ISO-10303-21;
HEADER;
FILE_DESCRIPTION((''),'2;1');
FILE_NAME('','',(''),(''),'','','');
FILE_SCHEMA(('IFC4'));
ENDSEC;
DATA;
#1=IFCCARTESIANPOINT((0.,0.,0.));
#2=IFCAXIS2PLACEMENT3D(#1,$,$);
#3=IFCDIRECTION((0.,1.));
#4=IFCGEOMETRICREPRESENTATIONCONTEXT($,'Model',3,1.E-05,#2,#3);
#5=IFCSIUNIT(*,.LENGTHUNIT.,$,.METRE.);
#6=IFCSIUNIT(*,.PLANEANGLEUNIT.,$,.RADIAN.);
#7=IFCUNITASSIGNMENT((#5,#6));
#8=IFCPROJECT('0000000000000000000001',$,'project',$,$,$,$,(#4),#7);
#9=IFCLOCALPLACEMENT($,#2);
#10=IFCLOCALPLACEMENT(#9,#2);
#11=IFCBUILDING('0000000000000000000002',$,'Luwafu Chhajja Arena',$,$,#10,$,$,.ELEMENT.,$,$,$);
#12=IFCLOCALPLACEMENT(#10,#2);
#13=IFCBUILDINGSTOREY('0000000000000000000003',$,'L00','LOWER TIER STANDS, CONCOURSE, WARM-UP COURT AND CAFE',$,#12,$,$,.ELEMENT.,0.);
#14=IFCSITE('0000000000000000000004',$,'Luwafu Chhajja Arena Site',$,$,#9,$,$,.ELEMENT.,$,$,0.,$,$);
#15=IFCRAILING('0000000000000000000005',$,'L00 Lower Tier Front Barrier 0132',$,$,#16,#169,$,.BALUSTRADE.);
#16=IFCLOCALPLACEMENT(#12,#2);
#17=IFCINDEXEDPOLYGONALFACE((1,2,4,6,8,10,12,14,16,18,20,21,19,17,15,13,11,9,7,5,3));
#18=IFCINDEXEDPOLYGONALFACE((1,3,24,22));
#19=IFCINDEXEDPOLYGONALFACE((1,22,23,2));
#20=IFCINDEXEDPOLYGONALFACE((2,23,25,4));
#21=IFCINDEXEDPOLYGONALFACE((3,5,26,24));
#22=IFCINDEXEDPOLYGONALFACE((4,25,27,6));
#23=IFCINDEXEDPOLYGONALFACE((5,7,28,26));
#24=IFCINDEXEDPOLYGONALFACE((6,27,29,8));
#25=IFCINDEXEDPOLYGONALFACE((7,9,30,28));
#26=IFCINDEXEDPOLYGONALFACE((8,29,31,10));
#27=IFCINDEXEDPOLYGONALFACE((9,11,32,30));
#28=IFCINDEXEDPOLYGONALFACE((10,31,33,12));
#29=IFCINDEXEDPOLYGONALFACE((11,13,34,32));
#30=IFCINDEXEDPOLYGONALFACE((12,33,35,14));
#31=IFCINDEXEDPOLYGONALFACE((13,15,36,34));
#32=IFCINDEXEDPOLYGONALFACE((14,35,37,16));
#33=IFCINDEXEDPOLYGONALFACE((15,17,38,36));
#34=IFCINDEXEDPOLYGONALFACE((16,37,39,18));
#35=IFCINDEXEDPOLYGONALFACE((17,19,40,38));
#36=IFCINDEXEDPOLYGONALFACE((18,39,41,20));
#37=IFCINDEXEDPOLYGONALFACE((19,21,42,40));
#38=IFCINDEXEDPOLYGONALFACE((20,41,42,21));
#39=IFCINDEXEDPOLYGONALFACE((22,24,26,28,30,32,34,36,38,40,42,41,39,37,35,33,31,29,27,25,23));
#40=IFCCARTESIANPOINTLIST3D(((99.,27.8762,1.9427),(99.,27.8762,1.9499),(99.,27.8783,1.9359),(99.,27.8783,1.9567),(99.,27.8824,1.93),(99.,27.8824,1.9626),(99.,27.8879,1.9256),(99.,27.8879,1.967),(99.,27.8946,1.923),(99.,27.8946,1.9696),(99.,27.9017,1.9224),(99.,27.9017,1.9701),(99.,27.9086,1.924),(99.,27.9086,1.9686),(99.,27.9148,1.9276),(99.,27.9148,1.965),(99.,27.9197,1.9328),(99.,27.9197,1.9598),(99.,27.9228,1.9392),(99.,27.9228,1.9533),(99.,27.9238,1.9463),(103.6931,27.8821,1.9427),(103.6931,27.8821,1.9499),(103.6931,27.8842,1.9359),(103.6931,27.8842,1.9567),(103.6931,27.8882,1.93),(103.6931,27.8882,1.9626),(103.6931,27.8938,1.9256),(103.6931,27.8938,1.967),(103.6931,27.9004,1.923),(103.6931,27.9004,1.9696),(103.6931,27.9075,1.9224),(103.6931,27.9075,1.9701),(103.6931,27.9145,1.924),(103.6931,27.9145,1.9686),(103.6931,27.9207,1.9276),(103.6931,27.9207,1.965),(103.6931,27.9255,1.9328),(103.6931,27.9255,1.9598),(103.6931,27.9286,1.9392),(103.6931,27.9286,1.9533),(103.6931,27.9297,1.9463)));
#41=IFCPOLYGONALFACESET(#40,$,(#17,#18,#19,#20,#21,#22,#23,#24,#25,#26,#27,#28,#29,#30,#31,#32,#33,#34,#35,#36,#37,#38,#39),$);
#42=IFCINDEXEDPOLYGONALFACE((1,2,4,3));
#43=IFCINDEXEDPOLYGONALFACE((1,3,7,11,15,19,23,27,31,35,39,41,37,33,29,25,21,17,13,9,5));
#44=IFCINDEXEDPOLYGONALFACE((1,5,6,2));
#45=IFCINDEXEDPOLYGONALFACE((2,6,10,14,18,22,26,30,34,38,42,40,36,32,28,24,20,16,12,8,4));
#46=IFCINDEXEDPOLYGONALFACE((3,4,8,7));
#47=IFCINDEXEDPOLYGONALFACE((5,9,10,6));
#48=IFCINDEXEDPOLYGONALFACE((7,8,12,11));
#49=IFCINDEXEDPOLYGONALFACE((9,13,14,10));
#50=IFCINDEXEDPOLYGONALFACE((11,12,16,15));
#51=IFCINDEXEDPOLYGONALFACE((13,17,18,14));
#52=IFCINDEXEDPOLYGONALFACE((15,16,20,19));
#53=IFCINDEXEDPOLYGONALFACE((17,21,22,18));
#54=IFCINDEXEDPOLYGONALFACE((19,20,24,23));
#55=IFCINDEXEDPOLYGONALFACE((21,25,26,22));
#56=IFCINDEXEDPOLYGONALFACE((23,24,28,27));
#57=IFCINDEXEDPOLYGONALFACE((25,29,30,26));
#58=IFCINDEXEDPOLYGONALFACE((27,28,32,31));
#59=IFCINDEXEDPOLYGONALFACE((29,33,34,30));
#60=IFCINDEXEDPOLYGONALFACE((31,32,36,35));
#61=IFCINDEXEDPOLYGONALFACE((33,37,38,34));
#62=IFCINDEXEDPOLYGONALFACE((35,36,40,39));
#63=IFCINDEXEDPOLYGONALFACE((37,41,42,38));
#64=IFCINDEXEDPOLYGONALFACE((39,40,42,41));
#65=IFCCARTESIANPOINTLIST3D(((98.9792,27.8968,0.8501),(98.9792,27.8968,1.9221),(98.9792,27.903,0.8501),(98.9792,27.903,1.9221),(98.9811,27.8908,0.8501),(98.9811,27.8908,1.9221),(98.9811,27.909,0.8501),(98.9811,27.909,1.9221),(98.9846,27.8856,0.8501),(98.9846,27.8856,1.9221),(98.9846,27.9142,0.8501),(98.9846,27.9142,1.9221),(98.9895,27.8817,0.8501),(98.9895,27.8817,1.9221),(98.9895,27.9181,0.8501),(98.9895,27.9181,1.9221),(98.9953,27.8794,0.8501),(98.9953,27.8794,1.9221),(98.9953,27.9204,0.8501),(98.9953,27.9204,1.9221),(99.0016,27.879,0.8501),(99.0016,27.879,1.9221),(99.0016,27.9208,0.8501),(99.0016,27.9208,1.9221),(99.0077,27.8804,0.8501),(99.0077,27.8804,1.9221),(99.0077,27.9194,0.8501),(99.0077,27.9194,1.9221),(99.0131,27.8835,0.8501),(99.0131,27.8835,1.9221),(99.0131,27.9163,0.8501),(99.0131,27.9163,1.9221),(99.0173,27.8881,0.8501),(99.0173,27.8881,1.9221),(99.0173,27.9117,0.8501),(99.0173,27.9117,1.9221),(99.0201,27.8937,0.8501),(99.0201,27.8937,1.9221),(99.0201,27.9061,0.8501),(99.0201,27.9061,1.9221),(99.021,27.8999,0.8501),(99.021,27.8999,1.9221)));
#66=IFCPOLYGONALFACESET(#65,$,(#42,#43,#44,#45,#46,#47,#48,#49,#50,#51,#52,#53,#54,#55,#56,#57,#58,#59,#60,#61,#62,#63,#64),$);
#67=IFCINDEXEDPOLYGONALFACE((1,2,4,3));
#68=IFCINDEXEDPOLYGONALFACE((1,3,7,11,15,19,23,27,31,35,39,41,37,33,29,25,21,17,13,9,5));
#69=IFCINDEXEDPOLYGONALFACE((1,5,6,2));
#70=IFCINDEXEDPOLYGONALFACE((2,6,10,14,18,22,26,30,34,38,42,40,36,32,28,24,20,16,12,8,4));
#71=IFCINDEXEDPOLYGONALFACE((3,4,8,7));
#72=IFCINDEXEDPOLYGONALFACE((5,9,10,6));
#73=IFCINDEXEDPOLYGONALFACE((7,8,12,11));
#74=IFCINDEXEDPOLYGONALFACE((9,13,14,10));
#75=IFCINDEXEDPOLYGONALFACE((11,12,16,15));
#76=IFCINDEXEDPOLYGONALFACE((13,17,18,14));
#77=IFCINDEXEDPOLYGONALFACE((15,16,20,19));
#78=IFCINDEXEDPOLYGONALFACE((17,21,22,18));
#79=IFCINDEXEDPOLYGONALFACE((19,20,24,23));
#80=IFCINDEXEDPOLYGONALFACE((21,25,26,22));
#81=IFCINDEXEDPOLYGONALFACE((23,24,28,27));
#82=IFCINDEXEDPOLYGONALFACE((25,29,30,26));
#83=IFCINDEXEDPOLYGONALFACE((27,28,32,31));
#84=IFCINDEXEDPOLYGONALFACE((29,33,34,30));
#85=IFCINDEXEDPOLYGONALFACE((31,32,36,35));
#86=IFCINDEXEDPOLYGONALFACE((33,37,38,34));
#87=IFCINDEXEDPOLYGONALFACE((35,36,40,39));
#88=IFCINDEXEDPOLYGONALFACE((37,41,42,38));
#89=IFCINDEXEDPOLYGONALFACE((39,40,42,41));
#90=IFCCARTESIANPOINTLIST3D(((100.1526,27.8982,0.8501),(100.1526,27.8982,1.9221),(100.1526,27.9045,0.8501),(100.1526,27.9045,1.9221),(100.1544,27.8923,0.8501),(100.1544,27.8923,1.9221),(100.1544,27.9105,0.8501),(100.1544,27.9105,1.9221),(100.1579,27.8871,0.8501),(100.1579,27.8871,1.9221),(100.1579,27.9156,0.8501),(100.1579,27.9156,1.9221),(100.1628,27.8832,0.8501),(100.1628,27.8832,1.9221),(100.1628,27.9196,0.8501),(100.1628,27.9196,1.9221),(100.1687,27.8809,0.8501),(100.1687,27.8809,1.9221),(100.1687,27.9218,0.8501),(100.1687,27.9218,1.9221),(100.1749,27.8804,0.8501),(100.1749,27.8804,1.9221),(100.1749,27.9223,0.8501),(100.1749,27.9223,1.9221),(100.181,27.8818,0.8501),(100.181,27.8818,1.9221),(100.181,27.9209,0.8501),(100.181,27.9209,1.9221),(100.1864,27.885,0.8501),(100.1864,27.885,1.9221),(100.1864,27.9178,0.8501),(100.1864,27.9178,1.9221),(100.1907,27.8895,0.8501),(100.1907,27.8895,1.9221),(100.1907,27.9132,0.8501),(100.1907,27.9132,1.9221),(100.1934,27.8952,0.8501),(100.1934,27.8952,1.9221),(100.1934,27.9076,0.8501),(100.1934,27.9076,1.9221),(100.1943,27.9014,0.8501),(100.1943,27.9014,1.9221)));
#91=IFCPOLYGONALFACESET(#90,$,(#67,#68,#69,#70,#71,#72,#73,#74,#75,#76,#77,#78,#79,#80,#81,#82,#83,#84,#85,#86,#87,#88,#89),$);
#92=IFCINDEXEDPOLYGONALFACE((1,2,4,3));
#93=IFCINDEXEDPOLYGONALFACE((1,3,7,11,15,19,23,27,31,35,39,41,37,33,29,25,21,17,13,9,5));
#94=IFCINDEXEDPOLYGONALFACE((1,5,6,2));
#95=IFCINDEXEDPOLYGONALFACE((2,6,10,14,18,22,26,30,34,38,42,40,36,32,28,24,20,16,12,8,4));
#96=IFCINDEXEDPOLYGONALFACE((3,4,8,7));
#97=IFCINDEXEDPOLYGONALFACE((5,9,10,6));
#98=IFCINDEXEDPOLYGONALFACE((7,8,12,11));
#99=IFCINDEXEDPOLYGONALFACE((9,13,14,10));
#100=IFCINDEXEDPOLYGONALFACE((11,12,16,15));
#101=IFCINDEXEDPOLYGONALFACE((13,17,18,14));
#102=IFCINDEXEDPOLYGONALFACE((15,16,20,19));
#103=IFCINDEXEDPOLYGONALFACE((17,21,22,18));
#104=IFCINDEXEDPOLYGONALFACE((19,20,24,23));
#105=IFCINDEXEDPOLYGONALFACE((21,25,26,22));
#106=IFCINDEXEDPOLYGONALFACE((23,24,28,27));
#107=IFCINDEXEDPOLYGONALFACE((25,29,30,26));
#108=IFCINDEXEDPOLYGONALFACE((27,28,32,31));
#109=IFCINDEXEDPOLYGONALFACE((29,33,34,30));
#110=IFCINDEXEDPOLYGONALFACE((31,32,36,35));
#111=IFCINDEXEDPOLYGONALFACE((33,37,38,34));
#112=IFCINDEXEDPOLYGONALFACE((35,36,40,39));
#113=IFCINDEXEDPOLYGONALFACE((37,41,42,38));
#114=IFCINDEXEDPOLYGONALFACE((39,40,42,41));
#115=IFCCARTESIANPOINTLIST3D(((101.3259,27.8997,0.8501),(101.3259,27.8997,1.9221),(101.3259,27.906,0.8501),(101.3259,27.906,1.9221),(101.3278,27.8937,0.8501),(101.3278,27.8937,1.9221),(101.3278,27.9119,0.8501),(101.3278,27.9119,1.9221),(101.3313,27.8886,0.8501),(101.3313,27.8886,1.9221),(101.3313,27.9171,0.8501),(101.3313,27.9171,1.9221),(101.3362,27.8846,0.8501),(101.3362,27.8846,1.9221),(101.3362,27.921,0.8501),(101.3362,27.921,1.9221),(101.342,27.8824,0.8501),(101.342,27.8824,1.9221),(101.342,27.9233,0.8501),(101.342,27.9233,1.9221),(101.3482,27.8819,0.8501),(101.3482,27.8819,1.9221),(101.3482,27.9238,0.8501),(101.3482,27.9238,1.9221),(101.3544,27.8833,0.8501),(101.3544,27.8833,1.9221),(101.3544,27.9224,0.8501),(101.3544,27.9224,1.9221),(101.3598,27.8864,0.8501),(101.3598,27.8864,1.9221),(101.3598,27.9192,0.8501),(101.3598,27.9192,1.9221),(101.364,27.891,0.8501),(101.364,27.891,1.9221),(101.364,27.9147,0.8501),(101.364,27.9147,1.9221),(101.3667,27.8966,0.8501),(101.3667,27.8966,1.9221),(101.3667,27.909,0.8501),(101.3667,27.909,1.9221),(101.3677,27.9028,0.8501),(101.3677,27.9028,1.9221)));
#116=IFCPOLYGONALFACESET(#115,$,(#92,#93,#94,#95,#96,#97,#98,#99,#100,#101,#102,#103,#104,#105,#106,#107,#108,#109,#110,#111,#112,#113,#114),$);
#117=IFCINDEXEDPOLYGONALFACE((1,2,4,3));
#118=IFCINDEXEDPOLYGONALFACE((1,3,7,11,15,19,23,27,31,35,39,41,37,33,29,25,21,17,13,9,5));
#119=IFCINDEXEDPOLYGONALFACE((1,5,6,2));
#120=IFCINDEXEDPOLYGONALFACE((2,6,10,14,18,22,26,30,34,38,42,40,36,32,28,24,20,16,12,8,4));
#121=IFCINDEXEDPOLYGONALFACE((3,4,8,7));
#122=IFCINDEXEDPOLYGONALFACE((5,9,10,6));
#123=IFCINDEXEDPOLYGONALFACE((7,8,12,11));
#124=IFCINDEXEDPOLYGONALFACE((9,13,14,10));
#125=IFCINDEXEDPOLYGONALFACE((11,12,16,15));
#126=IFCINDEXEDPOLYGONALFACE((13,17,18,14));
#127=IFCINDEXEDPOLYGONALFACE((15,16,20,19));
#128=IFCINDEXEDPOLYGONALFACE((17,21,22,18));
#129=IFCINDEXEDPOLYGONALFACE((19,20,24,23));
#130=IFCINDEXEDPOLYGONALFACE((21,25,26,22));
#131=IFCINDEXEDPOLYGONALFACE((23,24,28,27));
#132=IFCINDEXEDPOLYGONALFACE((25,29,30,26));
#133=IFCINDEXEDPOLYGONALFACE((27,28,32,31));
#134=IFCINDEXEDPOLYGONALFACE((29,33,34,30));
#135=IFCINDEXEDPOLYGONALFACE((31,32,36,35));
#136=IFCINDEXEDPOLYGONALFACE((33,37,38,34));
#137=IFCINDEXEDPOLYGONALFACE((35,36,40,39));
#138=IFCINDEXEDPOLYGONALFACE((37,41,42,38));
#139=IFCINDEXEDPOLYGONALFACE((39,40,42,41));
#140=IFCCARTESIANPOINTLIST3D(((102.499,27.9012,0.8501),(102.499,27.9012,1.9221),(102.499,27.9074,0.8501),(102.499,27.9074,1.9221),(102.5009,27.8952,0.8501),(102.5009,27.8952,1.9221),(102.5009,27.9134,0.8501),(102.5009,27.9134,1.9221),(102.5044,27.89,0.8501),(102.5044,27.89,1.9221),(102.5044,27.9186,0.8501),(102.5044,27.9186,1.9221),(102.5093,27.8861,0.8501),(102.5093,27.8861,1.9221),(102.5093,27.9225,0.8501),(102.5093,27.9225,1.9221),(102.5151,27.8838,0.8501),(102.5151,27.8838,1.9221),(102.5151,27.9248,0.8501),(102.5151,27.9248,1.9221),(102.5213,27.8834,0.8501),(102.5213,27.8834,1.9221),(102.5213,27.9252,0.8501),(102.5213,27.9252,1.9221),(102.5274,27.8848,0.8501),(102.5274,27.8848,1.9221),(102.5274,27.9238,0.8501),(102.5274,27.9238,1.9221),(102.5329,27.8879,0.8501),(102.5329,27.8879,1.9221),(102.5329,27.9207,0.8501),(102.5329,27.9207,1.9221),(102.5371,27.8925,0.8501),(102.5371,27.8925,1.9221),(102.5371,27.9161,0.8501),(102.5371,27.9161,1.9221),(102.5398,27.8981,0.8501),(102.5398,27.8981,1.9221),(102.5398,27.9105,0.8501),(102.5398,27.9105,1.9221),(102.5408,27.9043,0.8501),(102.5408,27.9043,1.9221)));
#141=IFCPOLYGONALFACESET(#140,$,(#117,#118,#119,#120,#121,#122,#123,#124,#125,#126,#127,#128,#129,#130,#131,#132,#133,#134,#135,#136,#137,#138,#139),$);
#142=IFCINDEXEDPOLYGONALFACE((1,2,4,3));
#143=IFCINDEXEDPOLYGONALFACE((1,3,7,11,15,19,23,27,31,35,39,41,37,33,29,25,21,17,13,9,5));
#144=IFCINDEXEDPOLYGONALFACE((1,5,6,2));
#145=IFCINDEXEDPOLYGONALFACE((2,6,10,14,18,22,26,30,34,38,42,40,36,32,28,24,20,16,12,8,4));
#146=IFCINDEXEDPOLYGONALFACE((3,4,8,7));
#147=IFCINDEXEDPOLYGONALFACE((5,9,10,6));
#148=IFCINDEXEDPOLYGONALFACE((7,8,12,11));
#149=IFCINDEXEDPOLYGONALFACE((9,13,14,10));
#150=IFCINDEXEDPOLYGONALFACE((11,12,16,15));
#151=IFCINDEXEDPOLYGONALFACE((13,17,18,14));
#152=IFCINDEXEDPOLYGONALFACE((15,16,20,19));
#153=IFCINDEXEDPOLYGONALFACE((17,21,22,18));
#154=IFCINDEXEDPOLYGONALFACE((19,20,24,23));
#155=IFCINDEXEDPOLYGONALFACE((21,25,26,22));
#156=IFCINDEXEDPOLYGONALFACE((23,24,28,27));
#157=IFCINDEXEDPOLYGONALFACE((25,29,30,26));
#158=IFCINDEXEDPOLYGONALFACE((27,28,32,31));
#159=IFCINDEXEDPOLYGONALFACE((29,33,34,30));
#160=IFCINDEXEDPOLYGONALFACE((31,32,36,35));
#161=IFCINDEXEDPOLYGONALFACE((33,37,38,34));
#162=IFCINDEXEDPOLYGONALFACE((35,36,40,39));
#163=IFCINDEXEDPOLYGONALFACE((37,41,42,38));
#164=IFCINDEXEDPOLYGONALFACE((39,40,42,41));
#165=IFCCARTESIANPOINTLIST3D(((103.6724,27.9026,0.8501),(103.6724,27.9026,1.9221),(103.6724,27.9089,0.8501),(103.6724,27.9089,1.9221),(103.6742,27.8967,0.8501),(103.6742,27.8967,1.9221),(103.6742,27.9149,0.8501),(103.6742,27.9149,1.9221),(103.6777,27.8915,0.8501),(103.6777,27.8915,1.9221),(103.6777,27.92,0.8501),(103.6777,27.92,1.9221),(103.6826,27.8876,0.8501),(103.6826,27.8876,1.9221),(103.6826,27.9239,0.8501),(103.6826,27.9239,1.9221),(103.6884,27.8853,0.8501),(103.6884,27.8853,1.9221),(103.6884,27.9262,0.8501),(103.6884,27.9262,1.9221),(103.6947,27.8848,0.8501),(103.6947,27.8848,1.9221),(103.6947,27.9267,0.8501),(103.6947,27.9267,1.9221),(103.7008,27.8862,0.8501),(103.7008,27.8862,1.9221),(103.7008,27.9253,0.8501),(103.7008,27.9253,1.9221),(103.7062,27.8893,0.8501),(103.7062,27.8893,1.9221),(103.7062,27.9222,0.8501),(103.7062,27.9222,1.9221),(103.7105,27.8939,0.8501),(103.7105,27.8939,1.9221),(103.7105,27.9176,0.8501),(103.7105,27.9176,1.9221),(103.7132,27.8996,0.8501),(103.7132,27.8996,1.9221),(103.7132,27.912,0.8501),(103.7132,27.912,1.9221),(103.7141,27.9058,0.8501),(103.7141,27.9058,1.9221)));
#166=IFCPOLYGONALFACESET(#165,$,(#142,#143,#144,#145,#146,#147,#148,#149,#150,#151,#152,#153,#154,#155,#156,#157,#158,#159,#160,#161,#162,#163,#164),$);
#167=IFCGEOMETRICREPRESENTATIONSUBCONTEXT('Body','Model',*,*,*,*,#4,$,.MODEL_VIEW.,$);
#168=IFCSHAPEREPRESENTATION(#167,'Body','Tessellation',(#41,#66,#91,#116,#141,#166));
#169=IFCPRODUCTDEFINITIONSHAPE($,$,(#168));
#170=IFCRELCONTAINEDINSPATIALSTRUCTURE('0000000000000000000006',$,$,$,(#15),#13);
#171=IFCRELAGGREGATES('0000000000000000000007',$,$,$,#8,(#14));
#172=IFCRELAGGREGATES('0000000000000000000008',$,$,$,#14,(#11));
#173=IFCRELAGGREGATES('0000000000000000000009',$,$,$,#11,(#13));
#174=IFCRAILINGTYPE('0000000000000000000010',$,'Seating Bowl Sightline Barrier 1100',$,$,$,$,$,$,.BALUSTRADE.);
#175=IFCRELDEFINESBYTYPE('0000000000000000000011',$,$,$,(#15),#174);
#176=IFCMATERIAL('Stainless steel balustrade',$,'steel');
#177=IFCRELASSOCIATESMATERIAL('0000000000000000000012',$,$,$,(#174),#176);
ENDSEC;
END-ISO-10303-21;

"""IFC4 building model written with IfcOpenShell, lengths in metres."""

from ifc_helpers import new_model, si_unit, direction, frame, origin, origin_2d, place, context, subcontext, project, spatial, circle, extrude, material, type_object, element, save


model = new_model("IFC4")

# Units and contexts
model_context = context("Model", 3, precision=1e-05, world=origin(), true_north=direction((0.0, 1.0)))
body_context = subcontext(model_context, "Body", "Model", "MODEL_VIEW")
ifc_project = project(units=[si_unit("LENGTHUNIT", "METRE"), si_unit("PLANEANGLEUNIT", "RADIAN")], contexts=[model_context])

# Site, building, storey
site_placement = place(None, origin())
site = spatial("IfcSite", under=ifc_project, at=site_placement, Name="Luwafu Chhajja Arena Site", CompositionType="ELEMENT", RefElevation=0.0)
building_placement = place(site_placement, origin())
building = spatial("IfcBuilding", under=site, at=building_placement, Name="Luwafu Chhajja Arena", CompositionType="ELEMENT")
storey_placement = place(building_placement, origin())
storey = spatial("IfcBuildingStorey", under=building, at=storey_placement, Name="L00", Description="LOWER TIER STANDS, CONCOURSE, WARM-UP COURT AND CAFE", CompositionType="ELEMENT", Elevation=0.0)

# Railing
ifc_material_1 = material(Name="Stainless steel balustrade", Category="steel")
railing_type = type_object("IfcRailingType", Name="Seating Bowl Sightline Barrier 1100", PredefinedType="BALUSTRADE", material=ifc_material_1)
railing_1_placement = place(storey_placement, frame((99.0, 27.8999, 0.8501)))
element("IfcRailing", 1, at=railing_1_placement, inside=storey, type_object=railing_type, Name="L00 Lower Tier Front Barrier 0132", PredefinedType="BALUSTRADE", context=body_context, shape_type="SweptSolid", body=[
    extrude(circle(Radius=0.0239, at=origin_2d()), frame((0.0, 0.0, 1.0962), z_axis=(0.999999, 0.001249, 0.0), x_axis=(-0.001249, 0.999999, 0.0)), (0.0, 0.0, 1.0), 4.6931),
    extrude(circle(Radius=0.021, at=origin_2d()), origin(), (0.0, 0.0, 1.0), 1.072),
    extrude(circle(Radius=0.021, at=origin_2d()), frame((1.1733, 0.0015, 0.0)), (0.0, 0.0, 1.0), 1.072),
    extrude(circle(Radius=0.021, at=origin_2d()), frame((2.3467, 0.0029, 0.0)), (0.0, 0.0, 1.0), 1.072),
    extrude(circle(Radius=0.021, at=origin_2d()), frame((3.5198, 0.0044, 0.0)), (0.0, 0.0, 1.0), 1.072),
    extrude(circle(Radius=0.021, at=origin_2d()), frame((4.6931, 0.0059, 0.0)), (0.0, 0.0, 1.0), 1.072),
])

save(model, "model.ifc")
